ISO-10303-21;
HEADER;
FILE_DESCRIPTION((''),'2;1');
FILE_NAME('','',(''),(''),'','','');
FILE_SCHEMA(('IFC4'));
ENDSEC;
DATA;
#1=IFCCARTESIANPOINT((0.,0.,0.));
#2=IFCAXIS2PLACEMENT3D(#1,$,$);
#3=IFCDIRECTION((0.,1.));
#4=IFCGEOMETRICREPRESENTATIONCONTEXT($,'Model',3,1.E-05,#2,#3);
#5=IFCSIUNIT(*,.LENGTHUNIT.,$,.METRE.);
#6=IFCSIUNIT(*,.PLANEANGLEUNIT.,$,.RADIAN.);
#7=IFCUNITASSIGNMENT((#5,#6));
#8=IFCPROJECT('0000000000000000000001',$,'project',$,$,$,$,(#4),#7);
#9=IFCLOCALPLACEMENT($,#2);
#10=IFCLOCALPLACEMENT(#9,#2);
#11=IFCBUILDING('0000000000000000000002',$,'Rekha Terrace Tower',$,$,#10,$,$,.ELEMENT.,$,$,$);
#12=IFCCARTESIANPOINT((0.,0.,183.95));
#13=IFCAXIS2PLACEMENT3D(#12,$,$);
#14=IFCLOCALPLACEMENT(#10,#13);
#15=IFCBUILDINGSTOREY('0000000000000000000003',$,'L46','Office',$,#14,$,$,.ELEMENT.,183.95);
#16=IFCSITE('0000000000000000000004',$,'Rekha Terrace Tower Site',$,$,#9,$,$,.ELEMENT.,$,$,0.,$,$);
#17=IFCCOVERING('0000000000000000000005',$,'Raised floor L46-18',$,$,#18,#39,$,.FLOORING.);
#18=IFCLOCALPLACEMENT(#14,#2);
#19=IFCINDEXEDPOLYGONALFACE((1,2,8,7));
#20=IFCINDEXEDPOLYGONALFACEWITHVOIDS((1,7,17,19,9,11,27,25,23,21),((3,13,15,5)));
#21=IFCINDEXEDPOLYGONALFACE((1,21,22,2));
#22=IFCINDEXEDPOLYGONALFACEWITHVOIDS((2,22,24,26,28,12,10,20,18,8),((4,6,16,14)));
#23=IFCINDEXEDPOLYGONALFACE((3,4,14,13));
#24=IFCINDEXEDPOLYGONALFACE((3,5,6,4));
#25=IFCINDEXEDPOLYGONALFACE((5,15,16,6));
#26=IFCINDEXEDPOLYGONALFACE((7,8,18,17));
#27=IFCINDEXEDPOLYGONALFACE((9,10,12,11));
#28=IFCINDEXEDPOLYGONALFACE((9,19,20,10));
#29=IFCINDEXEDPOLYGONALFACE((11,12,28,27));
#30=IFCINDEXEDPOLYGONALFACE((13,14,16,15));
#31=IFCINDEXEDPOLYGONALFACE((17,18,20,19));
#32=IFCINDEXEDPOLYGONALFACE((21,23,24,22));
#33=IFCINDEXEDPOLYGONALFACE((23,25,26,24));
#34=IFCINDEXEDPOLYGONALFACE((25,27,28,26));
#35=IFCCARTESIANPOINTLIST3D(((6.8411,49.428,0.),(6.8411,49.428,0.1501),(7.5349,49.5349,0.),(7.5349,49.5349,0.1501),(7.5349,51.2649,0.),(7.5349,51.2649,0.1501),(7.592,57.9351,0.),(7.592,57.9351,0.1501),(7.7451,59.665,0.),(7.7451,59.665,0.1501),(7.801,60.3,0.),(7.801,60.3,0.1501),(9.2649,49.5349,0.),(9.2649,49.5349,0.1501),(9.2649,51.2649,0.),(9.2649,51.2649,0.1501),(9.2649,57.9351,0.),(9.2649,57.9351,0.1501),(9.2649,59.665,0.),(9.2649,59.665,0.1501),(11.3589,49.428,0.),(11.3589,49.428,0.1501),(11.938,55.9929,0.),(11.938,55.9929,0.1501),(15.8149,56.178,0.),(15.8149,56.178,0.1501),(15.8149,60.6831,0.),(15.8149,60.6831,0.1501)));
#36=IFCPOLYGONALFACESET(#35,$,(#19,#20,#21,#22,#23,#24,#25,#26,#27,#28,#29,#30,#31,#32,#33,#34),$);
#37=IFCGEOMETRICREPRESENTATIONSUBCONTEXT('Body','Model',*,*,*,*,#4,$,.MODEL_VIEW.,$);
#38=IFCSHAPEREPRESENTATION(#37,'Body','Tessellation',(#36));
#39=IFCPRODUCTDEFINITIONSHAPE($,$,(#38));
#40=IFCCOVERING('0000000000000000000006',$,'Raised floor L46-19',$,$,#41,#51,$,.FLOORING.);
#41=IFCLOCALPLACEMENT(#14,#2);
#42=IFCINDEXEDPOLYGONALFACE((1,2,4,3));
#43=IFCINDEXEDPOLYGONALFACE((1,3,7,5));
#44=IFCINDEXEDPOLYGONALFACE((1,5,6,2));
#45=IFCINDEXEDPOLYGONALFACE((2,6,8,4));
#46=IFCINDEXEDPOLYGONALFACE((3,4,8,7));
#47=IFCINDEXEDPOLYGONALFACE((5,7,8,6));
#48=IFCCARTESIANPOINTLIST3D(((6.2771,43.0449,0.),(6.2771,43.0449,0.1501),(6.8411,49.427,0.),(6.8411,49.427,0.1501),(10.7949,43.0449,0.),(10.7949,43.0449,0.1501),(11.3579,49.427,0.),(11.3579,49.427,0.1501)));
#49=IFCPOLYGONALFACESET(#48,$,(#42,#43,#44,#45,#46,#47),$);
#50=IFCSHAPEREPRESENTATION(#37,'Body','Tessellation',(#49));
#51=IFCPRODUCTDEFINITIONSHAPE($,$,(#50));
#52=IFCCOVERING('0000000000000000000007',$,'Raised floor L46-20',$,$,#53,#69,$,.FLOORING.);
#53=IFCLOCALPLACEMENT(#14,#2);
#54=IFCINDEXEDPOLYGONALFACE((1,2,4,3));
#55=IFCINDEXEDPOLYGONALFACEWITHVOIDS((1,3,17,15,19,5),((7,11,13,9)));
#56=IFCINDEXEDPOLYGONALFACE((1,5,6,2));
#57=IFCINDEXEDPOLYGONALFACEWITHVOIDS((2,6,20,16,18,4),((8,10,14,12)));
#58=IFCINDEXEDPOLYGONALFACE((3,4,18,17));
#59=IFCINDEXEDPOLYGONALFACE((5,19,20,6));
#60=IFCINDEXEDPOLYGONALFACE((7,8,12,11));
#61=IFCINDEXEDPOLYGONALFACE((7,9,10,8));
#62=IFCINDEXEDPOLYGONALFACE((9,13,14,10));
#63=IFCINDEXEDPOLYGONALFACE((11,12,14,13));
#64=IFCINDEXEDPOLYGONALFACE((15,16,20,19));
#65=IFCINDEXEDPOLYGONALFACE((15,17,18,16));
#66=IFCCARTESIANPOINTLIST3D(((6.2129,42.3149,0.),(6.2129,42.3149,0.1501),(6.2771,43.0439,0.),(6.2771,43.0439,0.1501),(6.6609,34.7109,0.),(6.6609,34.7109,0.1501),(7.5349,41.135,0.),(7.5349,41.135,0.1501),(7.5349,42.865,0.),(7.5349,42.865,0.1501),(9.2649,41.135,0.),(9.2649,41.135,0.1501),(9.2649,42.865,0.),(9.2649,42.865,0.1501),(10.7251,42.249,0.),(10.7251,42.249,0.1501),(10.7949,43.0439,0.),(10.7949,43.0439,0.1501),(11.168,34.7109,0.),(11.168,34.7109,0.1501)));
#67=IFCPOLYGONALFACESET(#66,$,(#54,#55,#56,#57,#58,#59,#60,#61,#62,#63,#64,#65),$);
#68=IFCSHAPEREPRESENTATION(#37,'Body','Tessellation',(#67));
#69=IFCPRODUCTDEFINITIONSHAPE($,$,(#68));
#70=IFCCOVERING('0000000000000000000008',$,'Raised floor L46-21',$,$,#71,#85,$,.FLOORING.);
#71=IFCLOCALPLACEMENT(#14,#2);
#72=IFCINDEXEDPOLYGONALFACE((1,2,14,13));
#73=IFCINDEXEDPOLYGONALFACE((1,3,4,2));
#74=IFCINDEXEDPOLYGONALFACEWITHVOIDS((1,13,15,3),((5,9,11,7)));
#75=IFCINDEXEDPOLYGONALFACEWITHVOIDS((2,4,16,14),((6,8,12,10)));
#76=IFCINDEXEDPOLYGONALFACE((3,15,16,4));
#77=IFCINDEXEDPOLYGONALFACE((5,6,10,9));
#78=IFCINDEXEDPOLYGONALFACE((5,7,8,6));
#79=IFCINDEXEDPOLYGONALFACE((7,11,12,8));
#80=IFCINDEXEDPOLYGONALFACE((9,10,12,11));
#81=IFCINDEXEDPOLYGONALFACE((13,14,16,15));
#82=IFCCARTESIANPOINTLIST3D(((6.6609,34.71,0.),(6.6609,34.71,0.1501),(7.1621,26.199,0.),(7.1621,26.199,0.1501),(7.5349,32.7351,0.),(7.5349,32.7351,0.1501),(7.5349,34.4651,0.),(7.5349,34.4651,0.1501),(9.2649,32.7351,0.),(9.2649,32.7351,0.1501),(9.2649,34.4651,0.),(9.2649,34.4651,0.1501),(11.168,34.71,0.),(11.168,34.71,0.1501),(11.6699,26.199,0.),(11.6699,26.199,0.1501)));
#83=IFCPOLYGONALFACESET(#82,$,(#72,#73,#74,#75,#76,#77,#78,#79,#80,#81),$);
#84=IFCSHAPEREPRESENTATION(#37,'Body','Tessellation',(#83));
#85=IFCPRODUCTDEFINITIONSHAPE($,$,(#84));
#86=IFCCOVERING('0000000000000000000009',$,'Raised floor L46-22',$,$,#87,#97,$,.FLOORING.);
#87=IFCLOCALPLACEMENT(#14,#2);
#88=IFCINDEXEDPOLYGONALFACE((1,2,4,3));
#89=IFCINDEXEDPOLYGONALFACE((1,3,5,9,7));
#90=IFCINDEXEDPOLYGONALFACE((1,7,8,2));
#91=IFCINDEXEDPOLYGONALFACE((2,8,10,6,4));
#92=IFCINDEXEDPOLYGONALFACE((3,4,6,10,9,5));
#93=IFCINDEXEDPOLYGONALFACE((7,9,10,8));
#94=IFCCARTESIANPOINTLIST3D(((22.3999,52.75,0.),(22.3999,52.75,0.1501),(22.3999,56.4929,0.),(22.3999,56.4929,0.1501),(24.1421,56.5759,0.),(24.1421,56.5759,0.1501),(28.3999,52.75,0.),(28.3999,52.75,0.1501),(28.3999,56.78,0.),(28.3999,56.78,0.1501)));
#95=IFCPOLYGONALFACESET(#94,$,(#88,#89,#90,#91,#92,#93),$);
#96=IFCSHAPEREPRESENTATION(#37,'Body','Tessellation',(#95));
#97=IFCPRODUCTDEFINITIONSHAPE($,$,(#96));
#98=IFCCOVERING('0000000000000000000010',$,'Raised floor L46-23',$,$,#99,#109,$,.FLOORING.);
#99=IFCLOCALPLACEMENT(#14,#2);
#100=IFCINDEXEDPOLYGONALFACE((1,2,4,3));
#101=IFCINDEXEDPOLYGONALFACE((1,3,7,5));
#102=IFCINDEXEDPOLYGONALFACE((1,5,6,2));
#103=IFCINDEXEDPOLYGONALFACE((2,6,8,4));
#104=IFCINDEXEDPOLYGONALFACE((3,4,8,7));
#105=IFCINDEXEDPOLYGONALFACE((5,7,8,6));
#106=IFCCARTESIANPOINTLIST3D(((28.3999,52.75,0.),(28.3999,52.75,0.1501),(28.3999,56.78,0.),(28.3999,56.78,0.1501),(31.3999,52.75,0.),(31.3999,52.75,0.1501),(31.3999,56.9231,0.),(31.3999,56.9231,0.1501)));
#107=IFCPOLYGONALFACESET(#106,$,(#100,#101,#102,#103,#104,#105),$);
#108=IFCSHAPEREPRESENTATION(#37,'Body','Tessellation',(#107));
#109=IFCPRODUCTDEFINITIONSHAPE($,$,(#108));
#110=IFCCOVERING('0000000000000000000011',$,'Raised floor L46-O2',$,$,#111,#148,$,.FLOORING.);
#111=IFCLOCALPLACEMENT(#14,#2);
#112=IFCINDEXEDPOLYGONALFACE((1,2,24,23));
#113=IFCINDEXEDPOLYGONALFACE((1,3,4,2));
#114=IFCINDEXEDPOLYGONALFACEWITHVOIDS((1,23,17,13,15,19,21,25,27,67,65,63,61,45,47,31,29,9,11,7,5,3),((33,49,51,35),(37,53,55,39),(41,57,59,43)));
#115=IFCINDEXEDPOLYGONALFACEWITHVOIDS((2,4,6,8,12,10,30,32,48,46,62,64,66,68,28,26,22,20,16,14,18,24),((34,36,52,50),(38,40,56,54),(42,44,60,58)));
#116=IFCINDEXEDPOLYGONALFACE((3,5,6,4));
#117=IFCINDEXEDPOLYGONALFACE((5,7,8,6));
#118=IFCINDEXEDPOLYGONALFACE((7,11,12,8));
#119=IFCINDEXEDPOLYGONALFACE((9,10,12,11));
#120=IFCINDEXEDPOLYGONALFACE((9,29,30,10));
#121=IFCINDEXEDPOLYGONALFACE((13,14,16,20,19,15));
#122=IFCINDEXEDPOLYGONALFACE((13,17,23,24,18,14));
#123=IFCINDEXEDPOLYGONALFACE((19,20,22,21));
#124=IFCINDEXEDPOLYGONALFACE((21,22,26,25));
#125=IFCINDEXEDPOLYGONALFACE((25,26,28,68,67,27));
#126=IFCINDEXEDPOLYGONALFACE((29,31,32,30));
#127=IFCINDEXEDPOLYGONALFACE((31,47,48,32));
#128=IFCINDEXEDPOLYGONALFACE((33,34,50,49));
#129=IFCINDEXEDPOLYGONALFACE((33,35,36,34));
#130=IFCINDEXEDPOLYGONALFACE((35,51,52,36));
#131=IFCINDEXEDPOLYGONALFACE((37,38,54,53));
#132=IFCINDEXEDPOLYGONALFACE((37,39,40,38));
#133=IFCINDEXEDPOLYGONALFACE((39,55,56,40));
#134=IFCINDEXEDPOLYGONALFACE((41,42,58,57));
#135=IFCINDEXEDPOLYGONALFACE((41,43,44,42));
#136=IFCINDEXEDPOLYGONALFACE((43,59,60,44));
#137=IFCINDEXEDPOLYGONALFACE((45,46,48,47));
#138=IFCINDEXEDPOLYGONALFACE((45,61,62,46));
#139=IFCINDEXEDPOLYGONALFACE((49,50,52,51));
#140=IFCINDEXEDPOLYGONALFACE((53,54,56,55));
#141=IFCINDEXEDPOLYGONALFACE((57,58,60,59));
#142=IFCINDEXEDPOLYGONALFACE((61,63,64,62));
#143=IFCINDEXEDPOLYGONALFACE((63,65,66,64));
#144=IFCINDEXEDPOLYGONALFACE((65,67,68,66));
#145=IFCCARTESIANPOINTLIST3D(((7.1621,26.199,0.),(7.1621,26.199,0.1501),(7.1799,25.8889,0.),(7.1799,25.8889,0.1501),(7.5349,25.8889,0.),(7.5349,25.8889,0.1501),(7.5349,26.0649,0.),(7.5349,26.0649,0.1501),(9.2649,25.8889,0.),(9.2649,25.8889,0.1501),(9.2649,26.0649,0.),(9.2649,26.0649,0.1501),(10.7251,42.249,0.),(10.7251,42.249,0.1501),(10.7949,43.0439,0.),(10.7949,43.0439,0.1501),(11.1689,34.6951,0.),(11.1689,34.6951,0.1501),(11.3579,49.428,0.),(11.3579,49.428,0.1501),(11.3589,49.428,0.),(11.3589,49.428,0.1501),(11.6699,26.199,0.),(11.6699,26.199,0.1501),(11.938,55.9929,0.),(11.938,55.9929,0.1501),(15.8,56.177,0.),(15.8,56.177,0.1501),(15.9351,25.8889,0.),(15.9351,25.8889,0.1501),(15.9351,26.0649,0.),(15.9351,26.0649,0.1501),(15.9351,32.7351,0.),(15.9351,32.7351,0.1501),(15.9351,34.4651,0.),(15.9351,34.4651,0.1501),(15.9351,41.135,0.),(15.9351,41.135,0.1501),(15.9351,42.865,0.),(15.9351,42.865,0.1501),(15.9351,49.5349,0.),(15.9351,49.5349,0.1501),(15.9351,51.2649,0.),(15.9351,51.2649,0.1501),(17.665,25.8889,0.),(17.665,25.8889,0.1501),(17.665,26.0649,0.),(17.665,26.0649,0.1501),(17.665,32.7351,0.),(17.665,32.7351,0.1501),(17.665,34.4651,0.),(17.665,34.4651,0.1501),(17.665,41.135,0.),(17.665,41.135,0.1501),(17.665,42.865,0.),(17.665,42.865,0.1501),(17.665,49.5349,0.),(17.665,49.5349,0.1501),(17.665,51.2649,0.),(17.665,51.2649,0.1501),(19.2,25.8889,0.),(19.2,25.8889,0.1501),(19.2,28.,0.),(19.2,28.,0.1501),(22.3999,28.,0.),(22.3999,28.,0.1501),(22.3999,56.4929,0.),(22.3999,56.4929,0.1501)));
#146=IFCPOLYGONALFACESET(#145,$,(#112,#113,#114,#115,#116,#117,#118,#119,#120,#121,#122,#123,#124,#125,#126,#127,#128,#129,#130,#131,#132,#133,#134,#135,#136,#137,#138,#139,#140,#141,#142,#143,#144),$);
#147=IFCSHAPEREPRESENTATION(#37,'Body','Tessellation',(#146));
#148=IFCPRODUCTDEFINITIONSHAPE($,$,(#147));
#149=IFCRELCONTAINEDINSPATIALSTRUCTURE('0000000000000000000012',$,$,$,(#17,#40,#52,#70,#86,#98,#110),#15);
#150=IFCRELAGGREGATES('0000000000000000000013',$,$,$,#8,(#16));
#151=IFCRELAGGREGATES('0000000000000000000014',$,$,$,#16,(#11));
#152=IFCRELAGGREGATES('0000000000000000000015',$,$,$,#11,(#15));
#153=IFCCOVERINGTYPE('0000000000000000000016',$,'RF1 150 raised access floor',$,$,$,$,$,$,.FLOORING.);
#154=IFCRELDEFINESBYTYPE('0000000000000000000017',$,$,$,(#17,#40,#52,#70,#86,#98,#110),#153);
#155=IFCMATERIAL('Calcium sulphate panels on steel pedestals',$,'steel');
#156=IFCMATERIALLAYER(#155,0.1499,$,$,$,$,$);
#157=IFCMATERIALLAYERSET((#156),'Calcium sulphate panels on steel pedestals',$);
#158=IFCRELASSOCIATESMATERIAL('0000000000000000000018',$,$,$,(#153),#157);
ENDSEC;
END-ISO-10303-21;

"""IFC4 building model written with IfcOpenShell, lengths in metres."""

from ifc_helpers import new_model, si_unit, direction, frame, origin, place, context, subcontext, project, spatial, polyline, outline, extrude, material, layer, layer_set, type_object, element, save


model = new_model("IFC4")

# Units and contexts
model_context = context("Model", 3, precision=1e-05, world=origin(), true_north=direction((0.0, 1.0)))
body_context = subcontext(model_context, "Body", "Model", "MODEL_VIEW")
ifc_project = project(units=[si_unit("LENGTHUNIT", "METRE"), si_unit("PLANEANGLEUNIT", "RADIAN")], contexts=[model_context])

# Site, building, storey
site_placement = place(None, origin())
site = spatial("IfcSite", under=ifc_project, at=site_placement, Name="Rekha Terrace Tower Site", CompositionType="ELEMENT", RefElevation=0.0)
building_placement = place(site_placement, origin())
building = spatial("IfcBuilding", under=site, at=building_placement, Name="Rekha Terrace Tower", CompositionType="ELEMENT")
storey_placement = place(building_placement, frame((0.0, 0.0, 183.95)))
storey = spatial("IfcBuildingStorey", under=building, at=storey_placement, Name="L46", Description="Office", CompositionType="ELEMENT", Elevation=183.95)

# Coverings
ifc_material_1 = material(Name="Calcium sulphate panels on steel pedestals", Category="steel")
ifc_layer_1 = layer(ifc_material_1, 0.1499)
ifc_layer_set_1 = layer_set([ifc_layer_1], Name="Calcium sulphate panels on steel pedestals")
covering_type_1 = type_object("IfcCoveringType", Name="RF1 150 raised access floor", PredefinedType="FLOORING", material=ifc_layer_set_1)
covering_1_placement = place(storey_placement, origin())
element("IfcCovering", 1, at=covering_1_placement, inside=storey, type_object=covering_type_1, Name="Raised floor L46-18", PredefinedType="FLOORING", context=body_context, shape_type="SweptSolid", body=[
    extrude(outline(polyline([(7.592, 57.9351), (6.8411, 49.428), (11.3589, 49.428), (11.938, 55.9929), (15.8149, 56.178), (15.8149, 60.6831), (7.801, 60.3), (7.7451, 59.665), (9.2649, 59.665), (9.2649, 57.9351), (7.592, 57.9351)]), holes=[polyline([(9.2649, 49.5349), (7.5349, 49.5349), (7.5349, 51.2649), (9.2649, 51.2649), (9.2649, 49.5349)])]), origin(), (0.0, 0.0, 1.0), 0.1501),
])
covering_2_placement = place(storey_placement, origin())
element("IfcCovering", 2, at=covering_2_placement, inside=storey, type_object=covering_type_1, Name="Raised floor L46-19", PredefinedType="FLOORING", context=body_context, shape_type="SweptSolid", body=[
    extrude(outline(polyline([(11.3579, 49.427), (6.8411, 49.427), (6.2771, 43.0449), (10.7949, 43.0449), (11.3579, 49.427)])), origin(), (0.0, 0.0, 1.0), 0.1501),
])
covering_3_placement = place(storey_placement, origin())
element("IfcCovering", 3, at=covering_3_placement, inside=storey, type_object=covering_type_1, Name="Raised floor L46-20", PredefinedType="FLOORING", context=body_context, shape_type="SweptSolid", body=[
    extrude(outline(polyline([(6.2129, 42.3149), (6.6609, 34.7109), (11.168, 34.7109), (10.7251, 42.249), (10.7949, 43.0439), (6.2771, 43.0439), (6.2129, 42.3149)]), holes=[polyline([(9.2649, 41.135), (7.5349, 41.135), (7.5349, 42.865), (9.2649, 42.865), (9.2649, 41.135)])]), origin(), (0.0, 0.0, 1.0), 0.1501),
])
covering_4_placement = place(storey_placement, origin())
element("IfcCovering", 4, at=covering_4_placement, inside=storey, type_object=covering_type_1, Name="Raised floor L46-21", PredefinedType="FLOORING", context=body_context, shape_type="SweptSolid", body=[
    extrude(outline(polyline([(11.168, 34.71), (6.6609, 34.71), (7.1621, 26.199), (11.6699, 26.199), (11.168, 34.71)]), holes=[polyline([(9.2649, 34.4651), (9.2649, 32.7351), (7.5349, 32.7351), (7.5349, 34.4651), (9.2649, 34.4651)])]), origin(), (0.0, 0.0, 1.0), 0.1501),
])
covering_5_placement = place(storey_placement, origin())
element("IfcCovering", 5, at=covering_5_placement, inside=storey, type_object=covering_type_1, Name="Raised floor L46-22", PredefinedType="FLOORING", context=body_context, shape_type="SweptSolid", body=[
    extrude(outline(polyline([(28.3999, 56.78), (24.1421, 56.5759), (22.3999, 56.4929), (22.3999, 52.75), (28.3999, 52.75), (28.3999, 56.78)])), origin(), (0.0, 0.0, 1.0), 0.1501),
])
covering_6_placement = place(storey_placement, origin())
element("IfcCovering", 6, at=covering_6_placement, inside=storey, type_object=covering_type_1, Name="Raised floor L46-23", PredefinedType="FLOORING", context=body_context, shape_type="SweptSolid", body=[
    extrude(outline(polyline([(31.3999, 52.75), (31.3999, 56.9231), (28.3999, 56.78), (28.3999, 52.75), (31.3999, 52.75)])), origin(), (0.0, 0.0, 1.0), 0.1501),
])
covering_7_placement = place(storey_placement, origin())
element("IfcCovering", 7, at=covering_7_placement, inside=storey, type_object=covering_type_1, Name="Raised floor L46-O2", PredefinedType="FLOORING", context=body_context, shape_type="SweptSolid", body=[
    extrude(outline(polyline([(11.3579, 49.428), (10.7949, 43.0439), (10.7251, 42.249), (11.1689, 34.6951), (11.6699, 26.199), (7.1621, 26.199), (7.1799, 25.8889), (7.5349, 25.8889), (7.5349, 26.0649), (9.2649, 26.0649), (9.2649, 25.8889), (15.9351, 25.8889), (15.9351, 26.0649), (17.665, 26.0649), (17.665, 25.8889), (19.2, 25.8889), (19.2, 28.0), (22.3999, 28.0), (22.3999, 56.4929), (15.8, 56.177), (11.938, 55.9929), (11.3589, 49.428), (11.3579, 49.428)]), holes=[polyline([(17.665, 32.7351), (15.9351, 32.7351), (15.9351, 34.4651), (17.665, 34.4651), (17.665, 32.7351)]), polyline([(17.665, 42.865), (17.665, 41.135), (15.9351, 41.135), (15.9351, 42.865), (17.665, 42.865)]), polyline([(17.665, 51.2649), (17.665, 49.5349), (15.9351, 49.5349), (15.9351, 51.2649), (17.665, 51.2649)])]), origin(), (0.0, 0.0, 1.0), 0.1501),
])

save(model, "model.ifc")
